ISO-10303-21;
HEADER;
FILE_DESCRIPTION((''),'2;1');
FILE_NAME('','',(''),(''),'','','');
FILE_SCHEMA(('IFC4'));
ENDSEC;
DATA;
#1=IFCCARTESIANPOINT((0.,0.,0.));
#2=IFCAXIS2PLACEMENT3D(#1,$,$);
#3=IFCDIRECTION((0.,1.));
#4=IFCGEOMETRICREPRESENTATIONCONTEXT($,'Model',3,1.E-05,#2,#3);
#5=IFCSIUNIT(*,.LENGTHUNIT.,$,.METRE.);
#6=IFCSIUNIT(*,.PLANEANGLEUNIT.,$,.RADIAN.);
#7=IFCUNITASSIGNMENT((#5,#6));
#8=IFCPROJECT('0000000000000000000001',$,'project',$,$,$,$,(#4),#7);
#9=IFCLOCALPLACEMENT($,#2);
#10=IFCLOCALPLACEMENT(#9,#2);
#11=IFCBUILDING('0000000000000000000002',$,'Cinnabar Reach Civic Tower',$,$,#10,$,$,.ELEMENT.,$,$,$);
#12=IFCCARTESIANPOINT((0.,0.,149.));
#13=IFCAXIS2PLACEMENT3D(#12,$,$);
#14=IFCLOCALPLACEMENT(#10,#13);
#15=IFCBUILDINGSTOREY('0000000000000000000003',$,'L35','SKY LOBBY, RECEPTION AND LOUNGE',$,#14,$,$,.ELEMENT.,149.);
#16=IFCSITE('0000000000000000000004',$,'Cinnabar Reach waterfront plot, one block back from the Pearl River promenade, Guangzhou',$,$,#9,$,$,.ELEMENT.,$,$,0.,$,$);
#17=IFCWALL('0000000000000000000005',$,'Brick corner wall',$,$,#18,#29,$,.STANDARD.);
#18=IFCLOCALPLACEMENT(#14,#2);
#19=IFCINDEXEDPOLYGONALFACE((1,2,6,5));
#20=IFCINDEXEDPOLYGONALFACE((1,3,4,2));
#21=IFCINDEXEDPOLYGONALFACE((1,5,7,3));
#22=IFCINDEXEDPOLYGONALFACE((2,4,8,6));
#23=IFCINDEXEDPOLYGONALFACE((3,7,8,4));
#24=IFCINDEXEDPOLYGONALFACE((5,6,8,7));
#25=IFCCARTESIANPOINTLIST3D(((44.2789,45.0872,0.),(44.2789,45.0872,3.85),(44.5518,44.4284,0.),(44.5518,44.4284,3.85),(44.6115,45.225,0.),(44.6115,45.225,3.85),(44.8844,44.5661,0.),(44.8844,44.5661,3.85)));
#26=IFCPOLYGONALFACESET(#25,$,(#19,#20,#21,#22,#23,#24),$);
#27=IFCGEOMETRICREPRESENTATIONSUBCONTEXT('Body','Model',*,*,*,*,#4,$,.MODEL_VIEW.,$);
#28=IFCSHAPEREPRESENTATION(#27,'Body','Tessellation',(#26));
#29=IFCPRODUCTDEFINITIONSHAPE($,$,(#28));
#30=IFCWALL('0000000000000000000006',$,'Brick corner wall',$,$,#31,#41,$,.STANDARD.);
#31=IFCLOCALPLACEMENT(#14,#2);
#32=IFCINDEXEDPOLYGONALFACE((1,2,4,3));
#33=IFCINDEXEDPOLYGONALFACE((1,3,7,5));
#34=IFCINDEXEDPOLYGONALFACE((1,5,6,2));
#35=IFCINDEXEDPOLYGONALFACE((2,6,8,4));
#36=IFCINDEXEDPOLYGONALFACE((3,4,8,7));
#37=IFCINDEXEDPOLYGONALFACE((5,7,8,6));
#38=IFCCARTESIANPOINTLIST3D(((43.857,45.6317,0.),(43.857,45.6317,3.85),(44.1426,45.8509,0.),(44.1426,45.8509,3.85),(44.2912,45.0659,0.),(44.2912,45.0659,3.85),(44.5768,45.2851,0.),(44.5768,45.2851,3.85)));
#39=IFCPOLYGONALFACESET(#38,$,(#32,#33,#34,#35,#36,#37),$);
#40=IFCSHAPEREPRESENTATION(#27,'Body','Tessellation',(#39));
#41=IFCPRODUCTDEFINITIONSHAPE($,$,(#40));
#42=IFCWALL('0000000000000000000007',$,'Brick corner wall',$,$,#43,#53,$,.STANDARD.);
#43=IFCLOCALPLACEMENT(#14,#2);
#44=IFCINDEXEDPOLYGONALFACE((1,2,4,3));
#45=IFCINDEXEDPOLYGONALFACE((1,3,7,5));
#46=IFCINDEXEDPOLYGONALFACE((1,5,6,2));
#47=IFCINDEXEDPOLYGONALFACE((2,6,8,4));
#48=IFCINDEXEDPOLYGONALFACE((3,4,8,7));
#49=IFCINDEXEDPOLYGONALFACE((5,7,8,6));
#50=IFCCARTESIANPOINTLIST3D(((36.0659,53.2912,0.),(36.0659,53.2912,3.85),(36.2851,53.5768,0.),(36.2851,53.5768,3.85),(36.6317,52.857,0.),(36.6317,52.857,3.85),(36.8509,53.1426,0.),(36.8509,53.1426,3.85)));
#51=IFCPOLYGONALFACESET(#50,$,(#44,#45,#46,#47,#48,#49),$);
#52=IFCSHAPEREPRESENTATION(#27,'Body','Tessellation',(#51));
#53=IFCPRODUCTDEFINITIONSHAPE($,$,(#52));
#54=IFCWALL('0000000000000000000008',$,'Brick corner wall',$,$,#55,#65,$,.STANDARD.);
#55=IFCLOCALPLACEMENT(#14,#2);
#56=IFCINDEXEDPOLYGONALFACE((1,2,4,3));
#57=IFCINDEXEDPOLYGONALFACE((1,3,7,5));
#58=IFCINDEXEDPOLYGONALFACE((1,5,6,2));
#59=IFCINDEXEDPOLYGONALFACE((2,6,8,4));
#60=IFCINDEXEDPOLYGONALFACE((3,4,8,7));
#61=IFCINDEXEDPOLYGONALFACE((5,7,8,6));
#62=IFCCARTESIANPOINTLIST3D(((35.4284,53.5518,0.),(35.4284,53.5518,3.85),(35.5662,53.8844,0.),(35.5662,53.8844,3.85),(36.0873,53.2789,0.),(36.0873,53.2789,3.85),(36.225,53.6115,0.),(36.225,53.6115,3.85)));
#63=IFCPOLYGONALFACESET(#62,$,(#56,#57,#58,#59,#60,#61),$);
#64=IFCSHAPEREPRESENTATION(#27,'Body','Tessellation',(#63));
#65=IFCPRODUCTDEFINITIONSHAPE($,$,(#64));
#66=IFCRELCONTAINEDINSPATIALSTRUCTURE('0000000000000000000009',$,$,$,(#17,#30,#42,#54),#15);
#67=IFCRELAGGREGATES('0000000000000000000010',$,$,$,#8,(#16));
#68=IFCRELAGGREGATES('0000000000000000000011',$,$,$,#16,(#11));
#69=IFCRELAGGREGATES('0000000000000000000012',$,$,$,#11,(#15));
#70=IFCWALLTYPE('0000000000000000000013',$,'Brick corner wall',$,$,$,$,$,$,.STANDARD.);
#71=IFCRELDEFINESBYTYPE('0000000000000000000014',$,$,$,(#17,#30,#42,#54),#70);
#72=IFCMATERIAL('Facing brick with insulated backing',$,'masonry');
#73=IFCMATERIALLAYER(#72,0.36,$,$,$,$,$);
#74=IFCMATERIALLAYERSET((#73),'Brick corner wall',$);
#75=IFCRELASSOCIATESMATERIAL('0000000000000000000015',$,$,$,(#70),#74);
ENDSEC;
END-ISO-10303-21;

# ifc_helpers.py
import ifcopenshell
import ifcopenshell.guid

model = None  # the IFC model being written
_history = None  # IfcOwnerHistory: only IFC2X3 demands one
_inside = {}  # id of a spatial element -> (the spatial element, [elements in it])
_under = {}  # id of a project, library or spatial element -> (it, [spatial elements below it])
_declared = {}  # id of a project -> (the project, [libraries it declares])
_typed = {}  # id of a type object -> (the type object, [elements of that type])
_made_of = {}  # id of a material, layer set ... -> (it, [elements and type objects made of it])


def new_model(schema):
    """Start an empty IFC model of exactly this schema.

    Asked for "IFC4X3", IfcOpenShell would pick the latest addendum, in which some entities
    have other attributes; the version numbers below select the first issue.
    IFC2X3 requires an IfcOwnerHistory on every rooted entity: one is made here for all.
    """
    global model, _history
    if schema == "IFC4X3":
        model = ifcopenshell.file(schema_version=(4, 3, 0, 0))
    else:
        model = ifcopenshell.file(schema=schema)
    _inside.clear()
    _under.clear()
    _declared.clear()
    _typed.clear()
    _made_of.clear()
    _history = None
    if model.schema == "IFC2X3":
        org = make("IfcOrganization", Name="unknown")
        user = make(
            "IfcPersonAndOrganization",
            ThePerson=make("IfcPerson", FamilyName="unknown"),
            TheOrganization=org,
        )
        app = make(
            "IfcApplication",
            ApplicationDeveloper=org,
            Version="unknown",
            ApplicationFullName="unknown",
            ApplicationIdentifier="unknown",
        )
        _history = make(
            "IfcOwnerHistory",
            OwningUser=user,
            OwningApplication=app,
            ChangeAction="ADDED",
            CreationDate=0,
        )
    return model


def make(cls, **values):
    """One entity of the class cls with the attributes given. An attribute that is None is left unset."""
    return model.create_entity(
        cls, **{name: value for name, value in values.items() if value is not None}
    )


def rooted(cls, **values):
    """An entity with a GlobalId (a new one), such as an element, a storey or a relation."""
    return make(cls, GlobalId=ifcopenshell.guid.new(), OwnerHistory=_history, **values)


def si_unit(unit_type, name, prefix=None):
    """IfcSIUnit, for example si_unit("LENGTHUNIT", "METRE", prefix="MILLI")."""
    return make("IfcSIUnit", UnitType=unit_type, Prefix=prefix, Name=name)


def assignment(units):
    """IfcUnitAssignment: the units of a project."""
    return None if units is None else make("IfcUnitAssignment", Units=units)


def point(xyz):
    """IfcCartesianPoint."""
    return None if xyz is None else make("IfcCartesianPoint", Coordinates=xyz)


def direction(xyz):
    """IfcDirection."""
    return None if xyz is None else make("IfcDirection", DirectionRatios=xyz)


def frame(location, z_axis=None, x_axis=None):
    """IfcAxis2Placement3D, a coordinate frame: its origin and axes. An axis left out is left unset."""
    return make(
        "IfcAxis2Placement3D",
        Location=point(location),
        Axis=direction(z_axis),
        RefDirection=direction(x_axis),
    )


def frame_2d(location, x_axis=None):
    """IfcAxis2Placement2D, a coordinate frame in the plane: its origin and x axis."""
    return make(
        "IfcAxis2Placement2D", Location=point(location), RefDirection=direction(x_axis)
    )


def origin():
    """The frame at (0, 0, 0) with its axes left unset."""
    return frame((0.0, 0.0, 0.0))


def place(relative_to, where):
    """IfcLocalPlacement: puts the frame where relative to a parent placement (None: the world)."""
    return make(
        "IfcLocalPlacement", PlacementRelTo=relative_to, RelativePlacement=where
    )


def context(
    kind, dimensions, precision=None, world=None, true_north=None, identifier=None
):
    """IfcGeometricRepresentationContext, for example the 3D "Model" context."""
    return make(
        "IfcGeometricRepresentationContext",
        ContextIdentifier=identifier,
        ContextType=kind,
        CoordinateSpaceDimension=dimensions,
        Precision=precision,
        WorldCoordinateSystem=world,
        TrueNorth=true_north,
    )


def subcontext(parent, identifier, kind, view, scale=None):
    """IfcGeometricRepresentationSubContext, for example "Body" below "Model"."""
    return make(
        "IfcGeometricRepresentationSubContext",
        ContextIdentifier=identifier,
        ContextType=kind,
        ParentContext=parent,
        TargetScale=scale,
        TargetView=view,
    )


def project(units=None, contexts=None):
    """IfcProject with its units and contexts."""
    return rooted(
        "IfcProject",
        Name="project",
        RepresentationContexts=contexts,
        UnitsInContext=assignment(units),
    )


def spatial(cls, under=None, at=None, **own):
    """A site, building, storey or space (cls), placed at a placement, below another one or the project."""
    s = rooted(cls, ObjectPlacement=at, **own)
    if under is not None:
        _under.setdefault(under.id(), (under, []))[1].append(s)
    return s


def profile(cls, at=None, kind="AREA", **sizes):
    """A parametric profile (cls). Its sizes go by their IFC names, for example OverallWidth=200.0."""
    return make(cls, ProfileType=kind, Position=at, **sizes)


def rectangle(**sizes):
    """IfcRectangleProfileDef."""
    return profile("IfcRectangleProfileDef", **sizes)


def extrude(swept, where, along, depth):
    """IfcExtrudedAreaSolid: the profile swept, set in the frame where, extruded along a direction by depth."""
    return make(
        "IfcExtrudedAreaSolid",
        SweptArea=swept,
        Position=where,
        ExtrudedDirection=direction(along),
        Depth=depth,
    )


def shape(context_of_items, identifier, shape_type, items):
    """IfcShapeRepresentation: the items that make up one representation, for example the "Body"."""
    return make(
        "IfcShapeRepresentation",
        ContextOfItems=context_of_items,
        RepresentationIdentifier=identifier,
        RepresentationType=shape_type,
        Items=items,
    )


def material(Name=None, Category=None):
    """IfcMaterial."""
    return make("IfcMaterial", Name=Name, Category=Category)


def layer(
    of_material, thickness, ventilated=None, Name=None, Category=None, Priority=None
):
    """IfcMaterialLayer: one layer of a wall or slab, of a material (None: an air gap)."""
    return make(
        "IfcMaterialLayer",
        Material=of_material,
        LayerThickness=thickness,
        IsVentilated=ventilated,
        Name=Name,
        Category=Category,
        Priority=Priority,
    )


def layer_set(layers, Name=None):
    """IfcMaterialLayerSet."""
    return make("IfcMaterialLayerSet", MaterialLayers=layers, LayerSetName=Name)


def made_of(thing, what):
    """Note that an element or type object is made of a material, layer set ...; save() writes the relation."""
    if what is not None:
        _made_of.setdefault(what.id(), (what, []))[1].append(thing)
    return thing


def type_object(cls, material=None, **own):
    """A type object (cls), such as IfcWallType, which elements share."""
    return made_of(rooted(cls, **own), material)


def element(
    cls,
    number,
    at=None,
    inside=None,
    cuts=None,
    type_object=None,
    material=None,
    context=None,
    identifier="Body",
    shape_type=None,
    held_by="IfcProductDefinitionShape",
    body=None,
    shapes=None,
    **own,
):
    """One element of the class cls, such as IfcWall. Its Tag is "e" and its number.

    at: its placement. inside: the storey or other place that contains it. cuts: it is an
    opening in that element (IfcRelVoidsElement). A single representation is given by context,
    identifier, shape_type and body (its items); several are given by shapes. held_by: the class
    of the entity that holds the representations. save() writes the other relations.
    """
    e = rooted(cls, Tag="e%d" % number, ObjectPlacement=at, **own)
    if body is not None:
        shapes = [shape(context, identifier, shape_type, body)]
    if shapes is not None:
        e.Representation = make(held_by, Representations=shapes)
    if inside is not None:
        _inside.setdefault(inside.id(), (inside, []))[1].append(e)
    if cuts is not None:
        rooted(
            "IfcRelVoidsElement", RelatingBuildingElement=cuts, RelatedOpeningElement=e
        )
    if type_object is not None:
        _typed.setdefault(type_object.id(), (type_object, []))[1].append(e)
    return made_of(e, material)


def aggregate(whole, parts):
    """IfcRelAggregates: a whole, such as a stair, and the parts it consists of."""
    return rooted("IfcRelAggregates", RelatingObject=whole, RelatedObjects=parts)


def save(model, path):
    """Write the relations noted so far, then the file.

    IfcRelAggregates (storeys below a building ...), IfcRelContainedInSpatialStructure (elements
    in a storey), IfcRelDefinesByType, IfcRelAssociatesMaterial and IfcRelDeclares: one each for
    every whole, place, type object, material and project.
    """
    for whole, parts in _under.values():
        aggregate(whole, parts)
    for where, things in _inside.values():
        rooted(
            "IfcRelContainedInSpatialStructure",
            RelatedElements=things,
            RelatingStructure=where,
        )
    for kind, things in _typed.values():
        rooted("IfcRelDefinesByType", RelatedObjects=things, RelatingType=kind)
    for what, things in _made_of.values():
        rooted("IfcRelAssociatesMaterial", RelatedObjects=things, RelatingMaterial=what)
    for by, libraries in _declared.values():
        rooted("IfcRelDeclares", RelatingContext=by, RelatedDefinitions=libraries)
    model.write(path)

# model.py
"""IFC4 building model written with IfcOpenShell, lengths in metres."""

from ifc_helpers import new_model, si_unit, direction, frame, frame_2d, origin, place, context, subcontext, project, spatial, rectangle, extrude, material, layer, layer_set, type_object, element, save


model = new_model("IFC4")

# Units and contexts
model_context = context("Model", 3, precision=1e-05, world=origin(), true_north=direction((0.0, 1.0)))
body_context = subcontext(model_context, "Body", "Model", "MODEL_VIEW")
ifc_project = project(units=[si_unit("LENGTHUNIT", "METRE"), si_unit("PLANEANGLEUNIT", "RADIAN")], contexts=[model_context])

# Site, building, storey
site_placement = place(None, origin())
site = spatial("IfcSite", under=ifc_project, at=site_placement, Name="Cinnabar Reach waterfront plot, one block back from the Pearl River promenade, Guangzhou", CompositionType="ELEMENT", RefElevation=0.0)
building_placement = place(site_placement, origin())
building = spatial("IfcBuilding", under=site, at=building_placement, Name="Cinnabar Reach Civic Tower", CompositionType="ELEMENT")
storey_placement = place(building_placement, frame((0.0, 0.0, 149.0)))
storey = spatial("IfcBuildingStorey", under=building, at=storey_placement, Name="L35", Description="SKY LOBBY, RECEPTION AND LOUNGE", CompositionType="ELEMENT", Elevation=149.0)

# Walls
ifc_material_1 = material(Name="Facing brick with insulated backing", Category="masonry")
ifc_layer_1 = layer(ifc_material_1, 0.36)
ifc_layer_set_1 = layer_set([ifc_layer_1], Name="Brick corner wall")
wall_type = type_object("IfcWallType", Name="Brick corner wall", PredefinedType="STANDARD", material=ifc_layer_set_1)
for number, where, z_axis, x_axis, name in (
    (1, (44.7181, 44.4973, 0.0), (0.0, 0.0, 1.0), (-0.382703, 0.923872, 0.0), "Brick corner wall"),
):
    element("IfcWall", number, at=place(storey_placement, frame(where, z_axis=z_axis, x_axis=x_axis)), inside=storey, type_object=wall_type, Name=name, PredefinedType="STANDARD", context=body_context, shape_type="SweptSolid", body=[
        extrude(rectangle(XDim=0.7131, YDim=0.36, at=frame_2d((0.3565, 0.0))), origin(), (0.0, 0.0, 1.0), 3.85),
    ])
for number, where, z_axis, x_axis, name in (
    (2, (44.434, 45.1755, 0.0), (0.0, 0.0, 1.0), (-0.608802, 0.793322, 0.0), "Brick corner wall"),
    (3, (36.7413, 52.9998, 0.0), (0.0, 0.0, 1.0), (-0.793322, 0.608802, 0.0), "Brick corner wall"),
):
    element("IfcWall", number, at=place(storey_placement, frame(where, z_axis=z_axis, x_axis=x_axis)), inside=storey, type_object=wall_type, Name=name, PredefinedType="STANDARD", context=body_context, shape_type="SweptSolid", body=[
        extrude(rectangle(XDim=0.7132, YDim=0.36, at=frame_2d((0.3566, 0.0))), origin(), (0.0, 0.0, 1.0), 3.85),
    ])
wall_placement = place(storey_placement, frame((36.1561, 53.4452, 0.0), z_axis=(0.0, 0.0, 1.0), x_axis=(-0.923872, 0.382703, 0.0)))
element("IfcWall", 4, at=wall_placement, inside=storey, type_object=wall_type, Name="Brick corner wall", PredefinedType="STANDARD", context=body_context, shape_type="SweptSolid", body=[
    extrude(rectangle(XDim=0.7131, YDim=0.36, at=frame_2d((0.3565, 0.0))), origin(), (0.0, 0.0, 1.0), 3.85),
])

save(model, "model.ifc")
